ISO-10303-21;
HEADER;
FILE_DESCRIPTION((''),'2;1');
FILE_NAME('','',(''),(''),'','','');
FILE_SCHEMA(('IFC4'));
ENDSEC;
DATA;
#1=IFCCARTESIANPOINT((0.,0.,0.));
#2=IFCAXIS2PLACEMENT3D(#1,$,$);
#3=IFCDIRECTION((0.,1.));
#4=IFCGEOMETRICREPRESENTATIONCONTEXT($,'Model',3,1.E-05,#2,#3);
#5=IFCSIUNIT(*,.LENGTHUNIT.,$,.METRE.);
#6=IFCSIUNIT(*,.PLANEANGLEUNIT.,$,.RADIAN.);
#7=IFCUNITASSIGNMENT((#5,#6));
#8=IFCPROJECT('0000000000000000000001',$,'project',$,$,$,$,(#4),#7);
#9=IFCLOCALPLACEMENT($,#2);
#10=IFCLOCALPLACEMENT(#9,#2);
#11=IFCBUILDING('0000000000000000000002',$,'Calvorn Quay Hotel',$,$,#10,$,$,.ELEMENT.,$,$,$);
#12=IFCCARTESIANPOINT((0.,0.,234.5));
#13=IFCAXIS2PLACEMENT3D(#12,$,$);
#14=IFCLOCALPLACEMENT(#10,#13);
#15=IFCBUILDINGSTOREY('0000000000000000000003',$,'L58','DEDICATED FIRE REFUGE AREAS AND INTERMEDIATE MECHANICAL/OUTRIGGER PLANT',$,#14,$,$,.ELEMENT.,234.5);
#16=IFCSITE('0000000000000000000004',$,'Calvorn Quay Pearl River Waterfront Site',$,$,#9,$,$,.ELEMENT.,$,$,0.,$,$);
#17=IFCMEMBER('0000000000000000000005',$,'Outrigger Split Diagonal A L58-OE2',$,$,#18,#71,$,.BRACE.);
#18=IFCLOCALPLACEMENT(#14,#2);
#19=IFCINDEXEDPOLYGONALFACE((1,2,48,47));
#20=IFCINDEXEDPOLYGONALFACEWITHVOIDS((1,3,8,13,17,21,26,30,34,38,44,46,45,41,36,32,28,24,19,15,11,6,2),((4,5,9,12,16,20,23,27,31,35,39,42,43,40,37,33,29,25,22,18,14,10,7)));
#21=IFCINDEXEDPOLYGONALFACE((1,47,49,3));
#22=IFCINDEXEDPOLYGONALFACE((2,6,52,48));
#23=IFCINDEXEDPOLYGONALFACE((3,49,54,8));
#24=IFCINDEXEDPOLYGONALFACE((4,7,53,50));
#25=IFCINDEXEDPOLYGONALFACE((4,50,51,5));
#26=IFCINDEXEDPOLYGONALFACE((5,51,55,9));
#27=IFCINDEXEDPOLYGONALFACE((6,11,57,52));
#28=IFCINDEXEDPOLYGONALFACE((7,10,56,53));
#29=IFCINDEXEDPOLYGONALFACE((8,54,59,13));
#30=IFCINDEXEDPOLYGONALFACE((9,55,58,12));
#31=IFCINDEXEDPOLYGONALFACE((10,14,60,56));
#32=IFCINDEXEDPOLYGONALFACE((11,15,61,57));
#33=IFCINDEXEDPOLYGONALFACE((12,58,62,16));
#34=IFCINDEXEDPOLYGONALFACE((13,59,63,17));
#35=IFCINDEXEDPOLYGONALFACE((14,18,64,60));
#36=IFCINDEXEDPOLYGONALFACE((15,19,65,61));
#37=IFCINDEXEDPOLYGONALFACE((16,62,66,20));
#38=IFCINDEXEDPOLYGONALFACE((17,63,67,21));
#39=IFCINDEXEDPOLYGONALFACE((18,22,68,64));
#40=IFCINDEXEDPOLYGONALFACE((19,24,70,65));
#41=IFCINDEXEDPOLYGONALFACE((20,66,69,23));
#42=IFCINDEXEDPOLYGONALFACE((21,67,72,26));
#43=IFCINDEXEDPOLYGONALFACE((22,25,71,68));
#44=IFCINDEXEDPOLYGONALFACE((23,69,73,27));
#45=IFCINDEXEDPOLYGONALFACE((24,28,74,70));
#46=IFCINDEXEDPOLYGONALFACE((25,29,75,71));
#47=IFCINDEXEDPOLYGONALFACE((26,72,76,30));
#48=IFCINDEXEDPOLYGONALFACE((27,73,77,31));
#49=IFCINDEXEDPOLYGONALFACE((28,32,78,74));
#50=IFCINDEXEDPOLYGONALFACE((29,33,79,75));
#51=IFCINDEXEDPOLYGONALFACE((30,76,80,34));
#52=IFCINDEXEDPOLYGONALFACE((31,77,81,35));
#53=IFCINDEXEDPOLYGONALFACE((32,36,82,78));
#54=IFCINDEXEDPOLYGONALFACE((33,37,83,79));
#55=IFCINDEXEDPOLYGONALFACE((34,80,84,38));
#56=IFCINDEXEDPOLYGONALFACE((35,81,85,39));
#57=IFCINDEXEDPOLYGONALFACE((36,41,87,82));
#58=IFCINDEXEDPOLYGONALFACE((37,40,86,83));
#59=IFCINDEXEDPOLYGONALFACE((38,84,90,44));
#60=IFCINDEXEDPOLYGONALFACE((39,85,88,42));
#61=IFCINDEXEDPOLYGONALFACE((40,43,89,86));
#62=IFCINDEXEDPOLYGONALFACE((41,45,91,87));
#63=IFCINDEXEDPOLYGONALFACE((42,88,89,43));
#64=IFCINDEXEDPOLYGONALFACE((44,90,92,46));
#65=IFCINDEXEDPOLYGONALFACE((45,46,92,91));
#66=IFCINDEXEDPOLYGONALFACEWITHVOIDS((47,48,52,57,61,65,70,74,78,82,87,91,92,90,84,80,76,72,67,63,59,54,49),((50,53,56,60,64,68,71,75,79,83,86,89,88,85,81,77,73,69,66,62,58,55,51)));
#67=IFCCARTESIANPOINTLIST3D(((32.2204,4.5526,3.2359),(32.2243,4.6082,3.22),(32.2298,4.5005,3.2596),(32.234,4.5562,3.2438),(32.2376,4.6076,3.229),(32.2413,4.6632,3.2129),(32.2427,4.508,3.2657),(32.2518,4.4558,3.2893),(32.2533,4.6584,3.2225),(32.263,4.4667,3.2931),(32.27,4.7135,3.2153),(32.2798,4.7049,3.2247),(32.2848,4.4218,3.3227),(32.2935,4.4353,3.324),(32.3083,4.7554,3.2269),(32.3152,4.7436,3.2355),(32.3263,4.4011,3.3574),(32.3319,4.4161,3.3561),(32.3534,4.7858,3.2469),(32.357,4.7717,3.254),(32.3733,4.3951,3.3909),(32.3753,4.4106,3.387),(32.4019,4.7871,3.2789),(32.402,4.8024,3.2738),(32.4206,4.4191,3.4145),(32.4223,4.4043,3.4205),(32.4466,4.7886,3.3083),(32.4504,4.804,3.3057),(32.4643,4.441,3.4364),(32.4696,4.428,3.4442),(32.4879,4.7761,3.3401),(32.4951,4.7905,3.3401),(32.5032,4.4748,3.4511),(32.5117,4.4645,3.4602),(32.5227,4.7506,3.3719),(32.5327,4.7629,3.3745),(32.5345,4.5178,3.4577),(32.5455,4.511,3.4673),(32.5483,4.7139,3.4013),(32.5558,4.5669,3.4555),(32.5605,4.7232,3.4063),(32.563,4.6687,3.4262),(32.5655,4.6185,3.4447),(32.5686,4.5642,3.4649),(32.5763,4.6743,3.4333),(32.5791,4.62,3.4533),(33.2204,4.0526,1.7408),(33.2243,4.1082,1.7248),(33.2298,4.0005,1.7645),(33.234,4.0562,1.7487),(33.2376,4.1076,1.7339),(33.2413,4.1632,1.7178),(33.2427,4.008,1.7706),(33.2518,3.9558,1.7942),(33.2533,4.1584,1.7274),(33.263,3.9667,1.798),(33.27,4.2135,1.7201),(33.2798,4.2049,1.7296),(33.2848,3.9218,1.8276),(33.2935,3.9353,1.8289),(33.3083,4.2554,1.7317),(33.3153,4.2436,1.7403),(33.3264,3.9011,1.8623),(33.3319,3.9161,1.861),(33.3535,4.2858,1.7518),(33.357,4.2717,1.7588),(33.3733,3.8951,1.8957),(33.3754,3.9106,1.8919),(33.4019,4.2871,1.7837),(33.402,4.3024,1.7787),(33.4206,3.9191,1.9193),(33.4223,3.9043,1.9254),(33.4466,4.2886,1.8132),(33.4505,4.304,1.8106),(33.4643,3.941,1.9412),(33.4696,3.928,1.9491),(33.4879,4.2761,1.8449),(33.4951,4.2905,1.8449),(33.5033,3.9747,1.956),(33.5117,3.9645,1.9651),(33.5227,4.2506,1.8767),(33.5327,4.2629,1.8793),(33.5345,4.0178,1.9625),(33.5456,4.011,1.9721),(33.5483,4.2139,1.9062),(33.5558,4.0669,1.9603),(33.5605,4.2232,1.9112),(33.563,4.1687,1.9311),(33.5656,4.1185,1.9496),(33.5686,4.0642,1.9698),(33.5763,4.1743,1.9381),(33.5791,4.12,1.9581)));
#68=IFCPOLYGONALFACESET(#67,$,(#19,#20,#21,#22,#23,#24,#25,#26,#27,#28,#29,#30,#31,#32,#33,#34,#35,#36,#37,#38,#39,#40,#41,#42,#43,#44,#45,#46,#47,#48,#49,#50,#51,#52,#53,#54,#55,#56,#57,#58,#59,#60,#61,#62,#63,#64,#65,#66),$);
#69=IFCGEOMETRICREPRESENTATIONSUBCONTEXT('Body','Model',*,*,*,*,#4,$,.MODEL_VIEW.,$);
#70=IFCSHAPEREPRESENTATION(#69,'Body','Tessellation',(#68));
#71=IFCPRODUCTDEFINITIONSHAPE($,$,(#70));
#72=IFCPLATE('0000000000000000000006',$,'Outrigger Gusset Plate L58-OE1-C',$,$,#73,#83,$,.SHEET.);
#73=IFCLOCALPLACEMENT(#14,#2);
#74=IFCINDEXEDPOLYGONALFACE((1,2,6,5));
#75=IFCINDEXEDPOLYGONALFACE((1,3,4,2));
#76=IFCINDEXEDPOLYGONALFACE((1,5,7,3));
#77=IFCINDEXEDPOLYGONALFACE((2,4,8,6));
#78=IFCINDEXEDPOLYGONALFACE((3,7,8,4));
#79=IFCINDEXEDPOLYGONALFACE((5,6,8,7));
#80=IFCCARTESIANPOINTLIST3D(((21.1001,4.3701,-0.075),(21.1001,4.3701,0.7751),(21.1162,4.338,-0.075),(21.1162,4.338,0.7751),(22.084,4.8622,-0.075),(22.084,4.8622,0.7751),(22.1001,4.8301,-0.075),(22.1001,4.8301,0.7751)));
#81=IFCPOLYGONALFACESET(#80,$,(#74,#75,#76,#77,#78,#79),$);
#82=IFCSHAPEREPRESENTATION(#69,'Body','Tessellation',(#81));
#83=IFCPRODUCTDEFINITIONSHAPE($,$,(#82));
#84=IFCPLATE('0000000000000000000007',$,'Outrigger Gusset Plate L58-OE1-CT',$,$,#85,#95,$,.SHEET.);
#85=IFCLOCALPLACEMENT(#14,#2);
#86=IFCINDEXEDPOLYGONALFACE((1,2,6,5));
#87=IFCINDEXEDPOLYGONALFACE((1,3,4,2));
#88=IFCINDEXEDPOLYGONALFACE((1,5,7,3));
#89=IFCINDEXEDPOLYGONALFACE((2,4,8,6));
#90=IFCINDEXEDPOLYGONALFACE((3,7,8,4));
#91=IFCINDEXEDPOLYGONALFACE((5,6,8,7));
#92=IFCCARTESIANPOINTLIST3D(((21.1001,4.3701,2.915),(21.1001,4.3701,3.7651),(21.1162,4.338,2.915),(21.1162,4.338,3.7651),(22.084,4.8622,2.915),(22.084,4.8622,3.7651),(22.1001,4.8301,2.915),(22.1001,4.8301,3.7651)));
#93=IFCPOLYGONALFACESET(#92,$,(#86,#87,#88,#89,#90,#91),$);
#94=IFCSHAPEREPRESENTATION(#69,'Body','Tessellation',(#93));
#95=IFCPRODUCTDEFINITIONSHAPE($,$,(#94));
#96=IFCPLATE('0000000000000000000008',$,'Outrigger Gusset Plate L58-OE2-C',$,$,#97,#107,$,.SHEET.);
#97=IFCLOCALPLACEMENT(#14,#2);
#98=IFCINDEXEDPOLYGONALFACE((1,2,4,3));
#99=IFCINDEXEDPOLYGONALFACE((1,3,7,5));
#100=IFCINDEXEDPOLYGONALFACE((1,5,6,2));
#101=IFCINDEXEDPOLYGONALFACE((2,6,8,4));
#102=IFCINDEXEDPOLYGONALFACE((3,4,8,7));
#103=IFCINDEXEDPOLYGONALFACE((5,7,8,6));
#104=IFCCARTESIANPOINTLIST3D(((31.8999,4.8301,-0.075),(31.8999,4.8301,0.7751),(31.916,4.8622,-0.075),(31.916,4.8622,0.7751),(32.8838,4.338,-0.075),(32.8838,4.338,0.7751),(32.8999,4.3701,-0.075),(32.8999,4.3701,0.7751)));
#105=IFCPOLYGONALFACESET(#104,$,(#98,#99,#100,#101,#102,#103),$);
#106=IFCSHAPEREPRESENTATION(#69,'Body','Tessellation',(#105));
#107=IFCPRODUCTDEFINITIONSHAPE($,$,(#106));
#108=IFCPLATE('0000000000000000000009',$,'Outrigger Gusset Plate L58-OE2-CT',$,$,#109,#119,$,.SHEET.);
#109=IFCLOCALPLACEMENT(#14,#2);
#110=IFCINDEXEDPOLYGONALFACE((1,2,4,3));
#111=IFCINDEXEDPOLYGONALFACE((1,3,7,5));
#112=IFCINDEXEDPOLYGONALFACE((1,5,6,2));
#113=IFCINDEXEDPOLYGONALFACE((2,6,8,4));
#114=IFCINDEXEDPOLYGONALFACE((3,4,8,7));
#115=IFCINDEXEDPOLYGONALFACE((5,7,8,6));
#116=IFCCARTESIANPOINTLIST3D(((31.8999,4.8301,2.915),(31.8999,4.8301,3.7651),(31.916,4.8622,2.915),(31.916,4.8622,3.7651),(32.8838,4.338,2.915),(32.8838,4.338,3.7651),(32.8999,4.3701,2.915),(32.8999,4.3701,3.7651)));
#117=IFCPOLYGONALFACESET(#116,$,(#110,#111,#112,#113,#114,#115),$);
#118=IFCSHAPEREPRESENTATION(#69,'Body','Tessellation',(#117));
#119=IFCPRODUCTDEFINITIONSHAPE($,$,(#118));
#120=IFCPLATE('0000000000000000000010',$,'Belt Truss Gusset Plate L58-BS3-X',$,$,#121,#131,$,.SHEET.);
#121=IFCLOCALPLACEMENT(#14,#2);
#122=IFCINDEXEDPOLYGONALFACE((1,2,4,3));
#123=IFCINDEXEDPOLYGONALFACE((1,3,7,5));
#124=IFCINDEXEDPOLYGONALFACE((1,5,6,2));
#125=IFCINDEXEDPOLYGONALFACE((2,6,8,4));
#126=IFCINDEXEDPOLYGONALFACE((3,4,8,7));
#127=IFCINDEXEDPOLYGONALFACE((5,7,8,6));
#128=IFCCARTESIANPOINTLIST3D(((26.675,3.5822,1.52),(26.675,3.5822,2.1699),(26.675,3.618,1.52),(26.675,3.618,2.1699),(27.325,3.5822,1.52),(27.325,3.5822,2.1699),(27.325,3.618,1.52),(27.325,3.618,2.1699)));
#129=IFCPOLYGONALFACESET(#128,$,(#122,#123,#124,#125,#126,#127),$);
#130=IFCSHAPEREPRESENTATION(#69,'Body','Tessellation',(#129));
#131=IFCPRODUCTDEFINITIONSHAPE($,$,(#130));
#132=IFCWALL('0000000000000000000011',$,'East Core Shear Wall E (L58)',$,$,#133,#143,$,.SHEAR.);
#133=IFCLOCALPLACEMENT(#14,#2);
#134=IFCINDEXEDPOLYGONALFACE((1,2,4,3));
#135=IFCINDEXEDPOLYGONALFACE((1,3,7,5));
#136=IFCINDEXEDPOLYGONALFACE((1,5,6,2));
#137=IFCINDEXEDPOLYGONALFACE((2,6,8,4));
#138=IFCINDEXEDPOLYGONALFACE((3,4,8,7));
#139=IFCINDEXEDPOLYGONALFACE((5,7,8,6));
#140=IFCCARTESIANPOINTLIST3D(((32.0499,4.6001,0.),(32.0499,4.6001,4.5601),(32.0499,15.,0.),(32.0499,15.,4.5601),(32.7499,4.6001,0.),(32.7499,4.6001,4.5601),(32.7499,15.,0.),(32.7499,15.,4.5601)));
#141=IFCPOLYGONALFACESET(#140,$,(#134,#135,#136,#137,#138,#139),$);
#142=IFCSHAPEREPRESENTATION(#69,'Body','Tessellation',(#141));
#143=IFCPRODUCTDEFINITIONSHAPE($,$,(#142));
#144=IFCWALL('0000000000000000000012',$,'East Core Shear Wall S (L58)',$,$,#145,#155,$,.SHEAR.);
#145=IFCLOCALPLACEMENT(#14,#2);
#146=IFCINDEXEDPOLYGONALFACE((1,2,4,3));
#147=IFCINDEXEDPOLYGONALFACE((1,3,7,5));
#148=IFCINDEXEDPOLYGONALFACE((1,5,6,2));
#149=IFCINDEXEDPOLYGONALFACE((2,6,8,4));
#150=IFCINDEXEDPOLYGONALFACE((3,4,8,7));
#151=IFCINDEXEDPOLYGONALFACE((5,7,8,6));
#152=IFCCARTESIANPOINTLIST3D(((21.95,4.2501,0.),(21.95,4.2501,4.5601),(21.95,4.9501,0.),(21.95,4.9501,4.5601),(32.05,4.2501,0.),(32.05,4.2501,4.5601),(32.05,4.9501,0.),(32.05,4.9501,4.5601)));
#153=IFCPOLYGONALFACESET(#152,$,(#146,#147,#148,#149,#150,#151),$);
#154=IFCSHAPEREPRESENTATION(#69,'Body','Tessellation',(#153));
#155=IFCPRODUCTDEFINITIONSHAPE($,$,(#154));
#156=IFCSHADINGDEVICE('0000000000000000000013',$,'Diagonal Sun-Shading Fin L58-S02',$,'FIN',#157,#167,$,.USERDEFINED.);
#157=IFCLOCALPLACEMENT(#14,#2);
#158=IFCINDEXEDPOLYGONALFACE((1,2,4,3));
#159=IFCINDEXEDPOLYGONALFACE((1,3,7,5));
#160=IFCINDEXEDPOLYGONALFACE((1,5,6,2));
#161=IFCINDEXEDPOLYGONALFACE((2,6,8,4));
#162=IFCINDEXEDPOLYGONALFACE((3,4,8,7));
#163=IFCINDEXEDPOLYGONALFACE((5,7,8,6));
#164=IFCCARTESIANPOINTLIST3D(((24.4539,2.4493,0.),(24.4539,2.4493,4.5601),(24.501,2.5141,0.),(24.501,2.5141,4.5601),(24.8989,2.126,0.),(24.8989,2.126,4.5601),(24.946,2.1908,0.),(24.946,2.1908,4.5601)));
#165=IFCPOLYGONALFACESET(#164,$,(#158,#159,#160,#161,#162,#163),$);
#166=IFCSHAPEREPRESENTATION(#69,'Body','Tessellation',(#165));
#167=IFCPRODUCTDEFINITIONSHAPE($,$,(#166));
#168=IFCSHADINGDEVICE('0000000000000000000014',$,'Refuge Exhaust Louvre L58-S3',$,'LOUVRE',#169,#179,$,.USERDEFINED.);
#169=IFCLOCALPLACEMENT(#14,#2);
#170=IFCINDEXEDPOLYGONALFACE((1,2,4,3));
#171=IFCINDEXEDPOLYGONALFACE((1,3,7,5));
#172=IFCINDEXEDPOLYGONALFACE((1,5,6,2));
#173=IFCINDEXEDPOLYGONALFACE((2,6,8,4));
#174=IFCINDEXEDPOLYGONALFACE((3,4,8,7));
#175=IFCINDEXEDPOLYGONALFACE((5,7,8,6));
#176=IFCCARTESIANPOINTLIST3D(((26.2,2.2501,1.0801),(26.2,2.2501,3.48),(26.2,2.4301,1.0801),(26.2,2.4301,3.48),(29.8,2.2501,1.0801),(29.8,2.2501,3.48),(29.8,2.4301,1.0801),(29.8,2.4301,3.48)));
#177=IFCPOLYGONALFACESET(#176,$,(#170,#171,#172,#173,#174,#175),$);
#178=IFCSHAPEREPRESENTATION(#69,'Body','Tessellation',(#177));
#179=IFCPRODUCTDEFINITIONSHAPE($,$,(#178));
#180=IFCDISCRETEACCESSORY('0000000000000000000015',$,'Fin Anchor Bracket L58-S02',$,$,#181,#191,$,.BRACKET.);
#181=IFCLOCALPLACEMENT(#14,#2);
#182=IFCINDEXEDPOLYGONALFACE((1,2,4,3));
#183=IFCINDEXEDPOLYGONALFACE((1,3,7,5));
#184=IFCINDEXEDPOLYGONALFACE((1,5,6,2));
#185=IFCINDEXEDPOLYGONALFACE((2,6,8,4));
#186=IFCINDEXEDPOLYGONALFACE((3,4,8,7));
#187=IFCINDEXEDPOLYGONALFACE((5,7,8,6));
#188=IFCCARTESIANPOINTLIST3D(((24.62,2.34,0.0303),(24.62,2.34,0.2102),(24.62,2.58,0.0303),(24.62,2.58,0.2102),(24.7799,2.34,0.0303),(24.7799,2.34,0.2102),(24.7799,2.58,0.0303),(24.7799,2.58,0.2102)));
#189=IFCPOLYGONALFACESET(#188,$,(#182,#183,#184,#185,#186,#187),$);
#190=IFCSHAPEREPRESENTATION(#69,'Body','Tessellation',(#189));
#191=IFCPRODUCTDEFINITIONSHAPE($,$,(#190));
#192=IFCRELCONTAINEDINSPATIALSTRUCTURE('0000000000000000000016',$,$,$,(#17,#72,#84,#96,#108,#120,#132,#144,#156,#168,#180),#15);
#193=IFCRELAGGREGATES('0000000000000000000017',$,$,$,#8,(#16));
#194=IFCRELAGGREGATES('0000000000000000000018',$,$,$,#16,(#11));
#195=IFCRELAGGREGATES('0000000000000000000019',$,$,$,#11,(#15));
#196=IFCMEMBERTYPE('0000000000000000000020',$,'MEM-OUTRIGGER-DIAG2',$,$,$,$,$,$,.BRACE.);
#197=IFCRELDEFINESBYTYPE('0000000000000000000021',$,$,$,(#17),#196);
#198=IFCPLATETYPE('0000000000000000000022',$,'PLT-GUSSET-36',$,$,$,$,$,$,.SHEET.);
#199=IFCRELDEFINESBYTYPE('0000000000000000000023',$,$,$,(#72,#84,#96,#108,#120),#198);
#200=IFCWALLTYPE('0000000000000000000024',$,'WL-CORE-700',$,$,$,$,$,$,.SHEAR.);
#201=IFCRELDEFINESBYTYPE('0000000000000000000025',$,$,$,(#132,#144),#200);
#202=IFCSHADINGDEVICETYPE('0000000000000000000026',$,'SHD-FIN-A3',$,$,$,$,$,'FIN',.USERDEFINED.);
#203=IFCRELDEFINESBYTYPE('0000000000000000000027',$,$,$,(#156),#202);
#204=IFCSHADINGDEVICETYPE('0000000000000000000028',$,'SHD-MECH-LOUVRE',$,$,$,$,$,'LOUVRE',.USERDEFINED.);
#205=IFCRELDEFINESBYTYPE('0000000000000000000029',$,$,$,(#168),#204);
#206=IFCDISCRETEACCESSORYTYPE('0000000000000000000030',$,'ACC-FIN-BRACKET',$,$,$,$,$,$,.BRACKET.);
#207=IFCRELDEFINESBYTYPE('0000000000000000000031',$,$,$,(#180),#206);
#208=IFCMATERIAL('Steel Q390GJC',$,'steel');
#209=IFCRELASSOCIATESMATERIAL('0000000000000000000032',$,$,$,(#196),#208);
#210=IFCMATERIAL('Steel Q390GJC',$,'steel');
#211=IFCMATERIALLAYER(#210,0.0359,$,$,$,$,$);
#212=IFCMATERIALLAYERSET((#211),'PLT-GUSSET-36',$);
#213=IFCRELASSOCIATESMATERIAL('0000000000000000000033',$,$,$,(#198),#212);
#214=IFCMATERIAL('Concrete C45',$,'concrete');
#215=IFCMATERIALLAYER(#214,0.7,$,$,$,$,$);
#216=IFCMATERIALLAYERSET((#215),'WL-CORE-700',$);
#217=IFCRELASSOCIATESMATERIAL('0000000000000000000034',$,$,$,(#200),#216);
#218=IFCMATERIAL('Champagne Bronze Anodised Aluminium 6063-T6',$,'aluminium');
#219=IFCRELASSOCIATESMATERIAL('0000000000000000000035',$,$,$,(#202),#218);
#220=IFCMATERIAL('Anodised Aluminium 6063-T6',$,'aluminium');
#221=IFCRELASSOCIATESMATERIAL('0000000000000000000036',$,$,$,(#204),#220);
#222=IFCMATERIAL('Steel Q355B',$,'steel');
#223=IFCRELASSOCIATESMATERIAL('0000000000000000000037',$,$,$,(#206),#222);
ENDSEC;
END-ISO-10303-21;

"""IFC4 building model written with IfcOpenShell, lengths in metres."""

from ifc_helpers import new_model, si_unit, direction, frame, frame_2d, origin, origin_2d, place, context, subcontext, project, spatial, rectangle, hollow_circle, extrude, material, layer, layer_set, material_profile, profile_set, type_object, element, save


model = new_model("IFC4")

# Units and contexts
model_context = context("Model", 3, precision=1e-05, world=origin(), true_north=direction((0.0, 1.0)))
body_context = subcontext(model_context, "Body", "Model", "MODEL_VIEW")
ifc_project = project(units=[si_unit("LENGTHUNIT", "METRE"), si_unit("PLANEANGLEUNIT", "RADIAN")], contexts=[model_context])

# Site, building, storey
site_placement = place(None, origin())
site = spatial("IfcSite", under=ifc_project, at=site_placement, Name="Calvorn Quay Pearl River Waterfront Site", CompositionType="ELEMENT", RefElevation=0.0)
building_placement = place(site_placement, origin())
building = spatial("IfcBuilding", under=site, at=building_placement, Name="Calvorn Quay Hotel", CompositionType="ELEMENT")
storey_placement = place(building_placement, frame((0.0, 0.0, 234.5)))
storey = spatial("IfcBuildingStorey", under=building, at=storey_placement, Name="L58", Description="DEDICATED FIRE REFUGE AREAS AND INTERMEDIATE MECHANICAL/OUTRIGGER PLANT", CompositionType="ELEMENT", Elevation=234.5)

# Member
ifc_material_1 = material(Name="Steel Q390GJC", Category="steel")
ifc_material_profile_1 = material_profile(ifc_material_1, hollow_circle(Radius=0.2129, WallThickness=0.0161, at=origin_2d()), Name="CHS426x16")
ifc_profile_set_1 = profile_set([ifc_material_profile_1], Name="Steel Q390GJC")
member_type_1 = type_object("IfcMemberType", Name="MEM-OUTRIGGER-DIAG2", PredefinedType="BRACE", material=ifc_profile_set_1)
member_1_placement = place(storey_placement, frame((32.3999, 4.6001, 3.3401), z_axis=(0.535643, -0.267821, -0.800849), x_axis=(0.447214, 0.894427, 0.0)))
element("IfcMember", 1, at=member_1_placement, inside=storey, type_object=member_type_1, Name="Outrigger Split Diagonal A L58-OE2", PredefinedType="BRACE", context=body_context, shape_type="SweptSolid", body=[
    extrude(hollow_circle(Radius=0.2129, WallThickness=0.0161, at=origin_2d()), origin(), (0.0, 0.0, 1.0), 1.8669),
])

# Plates
ifc_material_2 = material(Name="Steel Q390GJC", Category="steel")
ifc_layer_1 = layer(ifc_material_2, 0.0359)
ifc_layer_set_1 = layer_set([ifc_layer_1], Name="PLT-GUSSET-36")
plate_type = type_object("IfcPlateType", Name="PLT-GUSSET-36", PredefinedType="SHEET", material=ifc_layer_set_1)
for number, where, z_axis, x_axis, name in (
    (2, (21.6001, 4.6001, -0.075), (0.0, 0.0, 1.0), (-0.894389, -0.447291, 0.0), "Outrigger Gusset Plate L58-OE1-C"),
    (3, (21.6001, 4.6001, 2.915), (0.0, 0.0, 1.0), (-0.894389, -0.447291, 0.0), "Outrigger Gusset Plate L58-OE1-CT"),
    (4, (32.3999, 4.6001, -0.075), (0.0, 0.0, 1.0), (0.894389, -0.447291, 0.0), "Outrigger Gusset Plate L58-OE2-C"),
    (5, (32.3999, 4.6001, 2.915), (0.0, 0.0, 1.0), (0.894389, -0.447291, 0.0), "Outrigger Gusset Plate L58-OE2-CT"),
):
    element("IfcPlate", number, at=place(storey_placement, frame(where, z_axis=z_axis, x_axis=x_axis)), inside=storey, type_object=plate_type, Name=name, PredefinedType="SHEET", context=body_context, shape_type="SweptSolid", body=[
        extrude(rectangle(XDim=1.1001, YDim=0.0359, at=origin_2d()), origin(), (0.0, 0.0, 1.0), 0.8501),
    ])
plate_placement = place(storey_placement, frame((27.0, 3.6001, 1.52), z_axis=(0.0, 0.0, 1.0), x_axis=(1.0, 0.0, 0.0)))
element("IfcPlate", 6, at=plate_placement, inside=storey, type_object=plate_type, Name="Belt Truss Gusset Plate L58-BS3-X", PredefinedType="SHEET", context=body_context, shape_type="SweptSolid", body=[
    extrude(rectangle(XDim=0.6499, YDim=0.0359, at=origin_2d()), origin(), (0.0, 0.0, 1.0), 0.6499),
])

# Walls
ifc_material_3 = material(Name="Concrete C45", Category="concrete")
ifc_layer_2 = layer(ifc_material_3, 0.7)
ifc_layer_set_2 = layer_set([ifc_layer_2], Name="WL-CORE-700")
wall_type = type_object("IfcWallType", Name="WL-CORE-700", PredefinedType="SHEAR", material=ifc_layer_set_2)
wall_1_placement = place(storey_placement, frame((32.3999, 4.6001, 0.0), z_axis=(0.0, 0.0, 1.0), x_axis=(0.0, 1.0, 0.0)))
element("IfcWall", 7, at=wall_1_placement, inside=storey, type_object=wall_type, Name="East Core Shear Wall E (L58)", PredefinedType="SHEAR", context=body_context, shape_type="SweptSolid", body=[
    extrude(rectangle(XDim=10.3999, YDim=0.7, at=frame_2d((5.2, 0.0))), origin(), (0.0, 0.0, 1.0), 4.5601),
])
wall_2_placement = place(storey_placement, frame((21.95, 4.6001, 0.0), z_axis=(0.0, 0.0, 1.0), x_axis=(1.0, 0.0, 0.0)))
element("IfcWall", 8, at=wall_2_placement, inside=storey, type_object=wall_type, Name="East Core Shear Wall S (L58)", PredefinedType="SHEAR", context=body_context, shape_type="SweptSolid", body=[
    extrude(rectangle(XDim=10.1001, YDim=0.7, at=frame_2d((5.05, 0.0))), origin(), (0.0, 0.0, 1.0), 4.5601),
])

# Shading devices
ifc_material_4 = material(Name="Champagne Bronze Anodised Aluminium 6063-T6", Category="aluminium")
shading_device_type_1 = type_object("IfcShadingDeviceType", Name="SHD-FIN-A3", ElementType="FIN", PredefinedType="USERDEFINED", material=ifc_material_4)
shading_device_1_placement = place(storey_placement, frame((24.7, 2.3201, 0.0), z_axis=(0.0, 0.0, 1.0), x_axis=(-0.809017, 0.587785, 0.0)))
element("IfcShadingDevice", 9, at=shading_device_1_placement, inside=storey, type_object=shading_device_type_1, Name="Diagonal Sun-Shading Fin L58-S02", ObjectType="FIN", PredefinedType="USERDEFINED", context=body_context, shape_type="SweptSolid", body=[
    extrude(rectangle(XDim=0.55, YDim=0.0801, at=origin_2d()), origin(), (0.0, 0.0, 1.0), 4.5601),
])
ifc_material_5 = material(Name="Anodised Aluminium 6063-T6", Category="aluminium")
shading_device_type_2 = type_object("IfcShadingDeviceType", Name="SHD-MECH-LOUVRE", ElementType="LOUVRE", PredefinedType="USERDEFINED", material=ifc_material_5)
shading_device_2_placement = place(storey_placement, frame((28.0, 2.3401, 1.0801), z_axis=(0.0, 0.0, 1.0), x_axis=(1.0, 0.0, 0.0)))
element("IfcShadingDevice", 10, at=shading_device_2_placement, inside=storey, type_object=shading_device_type_2, Name="Refuge Exhaust Louvre L58-S3", ObjectType="LOUVRE", PredefinedType="USERDEFINED", context=body_context, shape_type="SweptSolid", body=[
    extrude(rectangle(XDim=3.6001, YDim=0.1799, at=origin_2d()), origin(), (0.0, 0.0, 1.0), 2.3999),
])

# Discrete accessory
ifc_material_6 = material(Name="Steel Q355B", Category="steel")
discrete_accessory_type = type_object("IfcDiscreteAccessoryType", Name="ACC-FIN-BRACKET", PredefinedType="BRACKET", material=ifc_material_6)
discrete_accessory_placement = place(storey_placement, frame((24.7, 2.46, 0.0303), z_axis=(0.0, 0.0, 1.0), x_axis=(0.0, 1.0, 0.0)))
element("IfcDiscreteAccessory", 11, at=discrete_accessory_placement, inside=storey, type_object=discrete_accessory_type, Name="Fin Anchor Bracket L58-S02", PredefinedType="BRACKET", context=body_context, shape_type="SweptSolid", body=[
    extrude(rectangle(XDim=0.24, YDim=0.1599, at=origin_2d()), origin(), (0.0, 0.0, 1.0), 0.1799),
])

save(model, "model.ifc")
